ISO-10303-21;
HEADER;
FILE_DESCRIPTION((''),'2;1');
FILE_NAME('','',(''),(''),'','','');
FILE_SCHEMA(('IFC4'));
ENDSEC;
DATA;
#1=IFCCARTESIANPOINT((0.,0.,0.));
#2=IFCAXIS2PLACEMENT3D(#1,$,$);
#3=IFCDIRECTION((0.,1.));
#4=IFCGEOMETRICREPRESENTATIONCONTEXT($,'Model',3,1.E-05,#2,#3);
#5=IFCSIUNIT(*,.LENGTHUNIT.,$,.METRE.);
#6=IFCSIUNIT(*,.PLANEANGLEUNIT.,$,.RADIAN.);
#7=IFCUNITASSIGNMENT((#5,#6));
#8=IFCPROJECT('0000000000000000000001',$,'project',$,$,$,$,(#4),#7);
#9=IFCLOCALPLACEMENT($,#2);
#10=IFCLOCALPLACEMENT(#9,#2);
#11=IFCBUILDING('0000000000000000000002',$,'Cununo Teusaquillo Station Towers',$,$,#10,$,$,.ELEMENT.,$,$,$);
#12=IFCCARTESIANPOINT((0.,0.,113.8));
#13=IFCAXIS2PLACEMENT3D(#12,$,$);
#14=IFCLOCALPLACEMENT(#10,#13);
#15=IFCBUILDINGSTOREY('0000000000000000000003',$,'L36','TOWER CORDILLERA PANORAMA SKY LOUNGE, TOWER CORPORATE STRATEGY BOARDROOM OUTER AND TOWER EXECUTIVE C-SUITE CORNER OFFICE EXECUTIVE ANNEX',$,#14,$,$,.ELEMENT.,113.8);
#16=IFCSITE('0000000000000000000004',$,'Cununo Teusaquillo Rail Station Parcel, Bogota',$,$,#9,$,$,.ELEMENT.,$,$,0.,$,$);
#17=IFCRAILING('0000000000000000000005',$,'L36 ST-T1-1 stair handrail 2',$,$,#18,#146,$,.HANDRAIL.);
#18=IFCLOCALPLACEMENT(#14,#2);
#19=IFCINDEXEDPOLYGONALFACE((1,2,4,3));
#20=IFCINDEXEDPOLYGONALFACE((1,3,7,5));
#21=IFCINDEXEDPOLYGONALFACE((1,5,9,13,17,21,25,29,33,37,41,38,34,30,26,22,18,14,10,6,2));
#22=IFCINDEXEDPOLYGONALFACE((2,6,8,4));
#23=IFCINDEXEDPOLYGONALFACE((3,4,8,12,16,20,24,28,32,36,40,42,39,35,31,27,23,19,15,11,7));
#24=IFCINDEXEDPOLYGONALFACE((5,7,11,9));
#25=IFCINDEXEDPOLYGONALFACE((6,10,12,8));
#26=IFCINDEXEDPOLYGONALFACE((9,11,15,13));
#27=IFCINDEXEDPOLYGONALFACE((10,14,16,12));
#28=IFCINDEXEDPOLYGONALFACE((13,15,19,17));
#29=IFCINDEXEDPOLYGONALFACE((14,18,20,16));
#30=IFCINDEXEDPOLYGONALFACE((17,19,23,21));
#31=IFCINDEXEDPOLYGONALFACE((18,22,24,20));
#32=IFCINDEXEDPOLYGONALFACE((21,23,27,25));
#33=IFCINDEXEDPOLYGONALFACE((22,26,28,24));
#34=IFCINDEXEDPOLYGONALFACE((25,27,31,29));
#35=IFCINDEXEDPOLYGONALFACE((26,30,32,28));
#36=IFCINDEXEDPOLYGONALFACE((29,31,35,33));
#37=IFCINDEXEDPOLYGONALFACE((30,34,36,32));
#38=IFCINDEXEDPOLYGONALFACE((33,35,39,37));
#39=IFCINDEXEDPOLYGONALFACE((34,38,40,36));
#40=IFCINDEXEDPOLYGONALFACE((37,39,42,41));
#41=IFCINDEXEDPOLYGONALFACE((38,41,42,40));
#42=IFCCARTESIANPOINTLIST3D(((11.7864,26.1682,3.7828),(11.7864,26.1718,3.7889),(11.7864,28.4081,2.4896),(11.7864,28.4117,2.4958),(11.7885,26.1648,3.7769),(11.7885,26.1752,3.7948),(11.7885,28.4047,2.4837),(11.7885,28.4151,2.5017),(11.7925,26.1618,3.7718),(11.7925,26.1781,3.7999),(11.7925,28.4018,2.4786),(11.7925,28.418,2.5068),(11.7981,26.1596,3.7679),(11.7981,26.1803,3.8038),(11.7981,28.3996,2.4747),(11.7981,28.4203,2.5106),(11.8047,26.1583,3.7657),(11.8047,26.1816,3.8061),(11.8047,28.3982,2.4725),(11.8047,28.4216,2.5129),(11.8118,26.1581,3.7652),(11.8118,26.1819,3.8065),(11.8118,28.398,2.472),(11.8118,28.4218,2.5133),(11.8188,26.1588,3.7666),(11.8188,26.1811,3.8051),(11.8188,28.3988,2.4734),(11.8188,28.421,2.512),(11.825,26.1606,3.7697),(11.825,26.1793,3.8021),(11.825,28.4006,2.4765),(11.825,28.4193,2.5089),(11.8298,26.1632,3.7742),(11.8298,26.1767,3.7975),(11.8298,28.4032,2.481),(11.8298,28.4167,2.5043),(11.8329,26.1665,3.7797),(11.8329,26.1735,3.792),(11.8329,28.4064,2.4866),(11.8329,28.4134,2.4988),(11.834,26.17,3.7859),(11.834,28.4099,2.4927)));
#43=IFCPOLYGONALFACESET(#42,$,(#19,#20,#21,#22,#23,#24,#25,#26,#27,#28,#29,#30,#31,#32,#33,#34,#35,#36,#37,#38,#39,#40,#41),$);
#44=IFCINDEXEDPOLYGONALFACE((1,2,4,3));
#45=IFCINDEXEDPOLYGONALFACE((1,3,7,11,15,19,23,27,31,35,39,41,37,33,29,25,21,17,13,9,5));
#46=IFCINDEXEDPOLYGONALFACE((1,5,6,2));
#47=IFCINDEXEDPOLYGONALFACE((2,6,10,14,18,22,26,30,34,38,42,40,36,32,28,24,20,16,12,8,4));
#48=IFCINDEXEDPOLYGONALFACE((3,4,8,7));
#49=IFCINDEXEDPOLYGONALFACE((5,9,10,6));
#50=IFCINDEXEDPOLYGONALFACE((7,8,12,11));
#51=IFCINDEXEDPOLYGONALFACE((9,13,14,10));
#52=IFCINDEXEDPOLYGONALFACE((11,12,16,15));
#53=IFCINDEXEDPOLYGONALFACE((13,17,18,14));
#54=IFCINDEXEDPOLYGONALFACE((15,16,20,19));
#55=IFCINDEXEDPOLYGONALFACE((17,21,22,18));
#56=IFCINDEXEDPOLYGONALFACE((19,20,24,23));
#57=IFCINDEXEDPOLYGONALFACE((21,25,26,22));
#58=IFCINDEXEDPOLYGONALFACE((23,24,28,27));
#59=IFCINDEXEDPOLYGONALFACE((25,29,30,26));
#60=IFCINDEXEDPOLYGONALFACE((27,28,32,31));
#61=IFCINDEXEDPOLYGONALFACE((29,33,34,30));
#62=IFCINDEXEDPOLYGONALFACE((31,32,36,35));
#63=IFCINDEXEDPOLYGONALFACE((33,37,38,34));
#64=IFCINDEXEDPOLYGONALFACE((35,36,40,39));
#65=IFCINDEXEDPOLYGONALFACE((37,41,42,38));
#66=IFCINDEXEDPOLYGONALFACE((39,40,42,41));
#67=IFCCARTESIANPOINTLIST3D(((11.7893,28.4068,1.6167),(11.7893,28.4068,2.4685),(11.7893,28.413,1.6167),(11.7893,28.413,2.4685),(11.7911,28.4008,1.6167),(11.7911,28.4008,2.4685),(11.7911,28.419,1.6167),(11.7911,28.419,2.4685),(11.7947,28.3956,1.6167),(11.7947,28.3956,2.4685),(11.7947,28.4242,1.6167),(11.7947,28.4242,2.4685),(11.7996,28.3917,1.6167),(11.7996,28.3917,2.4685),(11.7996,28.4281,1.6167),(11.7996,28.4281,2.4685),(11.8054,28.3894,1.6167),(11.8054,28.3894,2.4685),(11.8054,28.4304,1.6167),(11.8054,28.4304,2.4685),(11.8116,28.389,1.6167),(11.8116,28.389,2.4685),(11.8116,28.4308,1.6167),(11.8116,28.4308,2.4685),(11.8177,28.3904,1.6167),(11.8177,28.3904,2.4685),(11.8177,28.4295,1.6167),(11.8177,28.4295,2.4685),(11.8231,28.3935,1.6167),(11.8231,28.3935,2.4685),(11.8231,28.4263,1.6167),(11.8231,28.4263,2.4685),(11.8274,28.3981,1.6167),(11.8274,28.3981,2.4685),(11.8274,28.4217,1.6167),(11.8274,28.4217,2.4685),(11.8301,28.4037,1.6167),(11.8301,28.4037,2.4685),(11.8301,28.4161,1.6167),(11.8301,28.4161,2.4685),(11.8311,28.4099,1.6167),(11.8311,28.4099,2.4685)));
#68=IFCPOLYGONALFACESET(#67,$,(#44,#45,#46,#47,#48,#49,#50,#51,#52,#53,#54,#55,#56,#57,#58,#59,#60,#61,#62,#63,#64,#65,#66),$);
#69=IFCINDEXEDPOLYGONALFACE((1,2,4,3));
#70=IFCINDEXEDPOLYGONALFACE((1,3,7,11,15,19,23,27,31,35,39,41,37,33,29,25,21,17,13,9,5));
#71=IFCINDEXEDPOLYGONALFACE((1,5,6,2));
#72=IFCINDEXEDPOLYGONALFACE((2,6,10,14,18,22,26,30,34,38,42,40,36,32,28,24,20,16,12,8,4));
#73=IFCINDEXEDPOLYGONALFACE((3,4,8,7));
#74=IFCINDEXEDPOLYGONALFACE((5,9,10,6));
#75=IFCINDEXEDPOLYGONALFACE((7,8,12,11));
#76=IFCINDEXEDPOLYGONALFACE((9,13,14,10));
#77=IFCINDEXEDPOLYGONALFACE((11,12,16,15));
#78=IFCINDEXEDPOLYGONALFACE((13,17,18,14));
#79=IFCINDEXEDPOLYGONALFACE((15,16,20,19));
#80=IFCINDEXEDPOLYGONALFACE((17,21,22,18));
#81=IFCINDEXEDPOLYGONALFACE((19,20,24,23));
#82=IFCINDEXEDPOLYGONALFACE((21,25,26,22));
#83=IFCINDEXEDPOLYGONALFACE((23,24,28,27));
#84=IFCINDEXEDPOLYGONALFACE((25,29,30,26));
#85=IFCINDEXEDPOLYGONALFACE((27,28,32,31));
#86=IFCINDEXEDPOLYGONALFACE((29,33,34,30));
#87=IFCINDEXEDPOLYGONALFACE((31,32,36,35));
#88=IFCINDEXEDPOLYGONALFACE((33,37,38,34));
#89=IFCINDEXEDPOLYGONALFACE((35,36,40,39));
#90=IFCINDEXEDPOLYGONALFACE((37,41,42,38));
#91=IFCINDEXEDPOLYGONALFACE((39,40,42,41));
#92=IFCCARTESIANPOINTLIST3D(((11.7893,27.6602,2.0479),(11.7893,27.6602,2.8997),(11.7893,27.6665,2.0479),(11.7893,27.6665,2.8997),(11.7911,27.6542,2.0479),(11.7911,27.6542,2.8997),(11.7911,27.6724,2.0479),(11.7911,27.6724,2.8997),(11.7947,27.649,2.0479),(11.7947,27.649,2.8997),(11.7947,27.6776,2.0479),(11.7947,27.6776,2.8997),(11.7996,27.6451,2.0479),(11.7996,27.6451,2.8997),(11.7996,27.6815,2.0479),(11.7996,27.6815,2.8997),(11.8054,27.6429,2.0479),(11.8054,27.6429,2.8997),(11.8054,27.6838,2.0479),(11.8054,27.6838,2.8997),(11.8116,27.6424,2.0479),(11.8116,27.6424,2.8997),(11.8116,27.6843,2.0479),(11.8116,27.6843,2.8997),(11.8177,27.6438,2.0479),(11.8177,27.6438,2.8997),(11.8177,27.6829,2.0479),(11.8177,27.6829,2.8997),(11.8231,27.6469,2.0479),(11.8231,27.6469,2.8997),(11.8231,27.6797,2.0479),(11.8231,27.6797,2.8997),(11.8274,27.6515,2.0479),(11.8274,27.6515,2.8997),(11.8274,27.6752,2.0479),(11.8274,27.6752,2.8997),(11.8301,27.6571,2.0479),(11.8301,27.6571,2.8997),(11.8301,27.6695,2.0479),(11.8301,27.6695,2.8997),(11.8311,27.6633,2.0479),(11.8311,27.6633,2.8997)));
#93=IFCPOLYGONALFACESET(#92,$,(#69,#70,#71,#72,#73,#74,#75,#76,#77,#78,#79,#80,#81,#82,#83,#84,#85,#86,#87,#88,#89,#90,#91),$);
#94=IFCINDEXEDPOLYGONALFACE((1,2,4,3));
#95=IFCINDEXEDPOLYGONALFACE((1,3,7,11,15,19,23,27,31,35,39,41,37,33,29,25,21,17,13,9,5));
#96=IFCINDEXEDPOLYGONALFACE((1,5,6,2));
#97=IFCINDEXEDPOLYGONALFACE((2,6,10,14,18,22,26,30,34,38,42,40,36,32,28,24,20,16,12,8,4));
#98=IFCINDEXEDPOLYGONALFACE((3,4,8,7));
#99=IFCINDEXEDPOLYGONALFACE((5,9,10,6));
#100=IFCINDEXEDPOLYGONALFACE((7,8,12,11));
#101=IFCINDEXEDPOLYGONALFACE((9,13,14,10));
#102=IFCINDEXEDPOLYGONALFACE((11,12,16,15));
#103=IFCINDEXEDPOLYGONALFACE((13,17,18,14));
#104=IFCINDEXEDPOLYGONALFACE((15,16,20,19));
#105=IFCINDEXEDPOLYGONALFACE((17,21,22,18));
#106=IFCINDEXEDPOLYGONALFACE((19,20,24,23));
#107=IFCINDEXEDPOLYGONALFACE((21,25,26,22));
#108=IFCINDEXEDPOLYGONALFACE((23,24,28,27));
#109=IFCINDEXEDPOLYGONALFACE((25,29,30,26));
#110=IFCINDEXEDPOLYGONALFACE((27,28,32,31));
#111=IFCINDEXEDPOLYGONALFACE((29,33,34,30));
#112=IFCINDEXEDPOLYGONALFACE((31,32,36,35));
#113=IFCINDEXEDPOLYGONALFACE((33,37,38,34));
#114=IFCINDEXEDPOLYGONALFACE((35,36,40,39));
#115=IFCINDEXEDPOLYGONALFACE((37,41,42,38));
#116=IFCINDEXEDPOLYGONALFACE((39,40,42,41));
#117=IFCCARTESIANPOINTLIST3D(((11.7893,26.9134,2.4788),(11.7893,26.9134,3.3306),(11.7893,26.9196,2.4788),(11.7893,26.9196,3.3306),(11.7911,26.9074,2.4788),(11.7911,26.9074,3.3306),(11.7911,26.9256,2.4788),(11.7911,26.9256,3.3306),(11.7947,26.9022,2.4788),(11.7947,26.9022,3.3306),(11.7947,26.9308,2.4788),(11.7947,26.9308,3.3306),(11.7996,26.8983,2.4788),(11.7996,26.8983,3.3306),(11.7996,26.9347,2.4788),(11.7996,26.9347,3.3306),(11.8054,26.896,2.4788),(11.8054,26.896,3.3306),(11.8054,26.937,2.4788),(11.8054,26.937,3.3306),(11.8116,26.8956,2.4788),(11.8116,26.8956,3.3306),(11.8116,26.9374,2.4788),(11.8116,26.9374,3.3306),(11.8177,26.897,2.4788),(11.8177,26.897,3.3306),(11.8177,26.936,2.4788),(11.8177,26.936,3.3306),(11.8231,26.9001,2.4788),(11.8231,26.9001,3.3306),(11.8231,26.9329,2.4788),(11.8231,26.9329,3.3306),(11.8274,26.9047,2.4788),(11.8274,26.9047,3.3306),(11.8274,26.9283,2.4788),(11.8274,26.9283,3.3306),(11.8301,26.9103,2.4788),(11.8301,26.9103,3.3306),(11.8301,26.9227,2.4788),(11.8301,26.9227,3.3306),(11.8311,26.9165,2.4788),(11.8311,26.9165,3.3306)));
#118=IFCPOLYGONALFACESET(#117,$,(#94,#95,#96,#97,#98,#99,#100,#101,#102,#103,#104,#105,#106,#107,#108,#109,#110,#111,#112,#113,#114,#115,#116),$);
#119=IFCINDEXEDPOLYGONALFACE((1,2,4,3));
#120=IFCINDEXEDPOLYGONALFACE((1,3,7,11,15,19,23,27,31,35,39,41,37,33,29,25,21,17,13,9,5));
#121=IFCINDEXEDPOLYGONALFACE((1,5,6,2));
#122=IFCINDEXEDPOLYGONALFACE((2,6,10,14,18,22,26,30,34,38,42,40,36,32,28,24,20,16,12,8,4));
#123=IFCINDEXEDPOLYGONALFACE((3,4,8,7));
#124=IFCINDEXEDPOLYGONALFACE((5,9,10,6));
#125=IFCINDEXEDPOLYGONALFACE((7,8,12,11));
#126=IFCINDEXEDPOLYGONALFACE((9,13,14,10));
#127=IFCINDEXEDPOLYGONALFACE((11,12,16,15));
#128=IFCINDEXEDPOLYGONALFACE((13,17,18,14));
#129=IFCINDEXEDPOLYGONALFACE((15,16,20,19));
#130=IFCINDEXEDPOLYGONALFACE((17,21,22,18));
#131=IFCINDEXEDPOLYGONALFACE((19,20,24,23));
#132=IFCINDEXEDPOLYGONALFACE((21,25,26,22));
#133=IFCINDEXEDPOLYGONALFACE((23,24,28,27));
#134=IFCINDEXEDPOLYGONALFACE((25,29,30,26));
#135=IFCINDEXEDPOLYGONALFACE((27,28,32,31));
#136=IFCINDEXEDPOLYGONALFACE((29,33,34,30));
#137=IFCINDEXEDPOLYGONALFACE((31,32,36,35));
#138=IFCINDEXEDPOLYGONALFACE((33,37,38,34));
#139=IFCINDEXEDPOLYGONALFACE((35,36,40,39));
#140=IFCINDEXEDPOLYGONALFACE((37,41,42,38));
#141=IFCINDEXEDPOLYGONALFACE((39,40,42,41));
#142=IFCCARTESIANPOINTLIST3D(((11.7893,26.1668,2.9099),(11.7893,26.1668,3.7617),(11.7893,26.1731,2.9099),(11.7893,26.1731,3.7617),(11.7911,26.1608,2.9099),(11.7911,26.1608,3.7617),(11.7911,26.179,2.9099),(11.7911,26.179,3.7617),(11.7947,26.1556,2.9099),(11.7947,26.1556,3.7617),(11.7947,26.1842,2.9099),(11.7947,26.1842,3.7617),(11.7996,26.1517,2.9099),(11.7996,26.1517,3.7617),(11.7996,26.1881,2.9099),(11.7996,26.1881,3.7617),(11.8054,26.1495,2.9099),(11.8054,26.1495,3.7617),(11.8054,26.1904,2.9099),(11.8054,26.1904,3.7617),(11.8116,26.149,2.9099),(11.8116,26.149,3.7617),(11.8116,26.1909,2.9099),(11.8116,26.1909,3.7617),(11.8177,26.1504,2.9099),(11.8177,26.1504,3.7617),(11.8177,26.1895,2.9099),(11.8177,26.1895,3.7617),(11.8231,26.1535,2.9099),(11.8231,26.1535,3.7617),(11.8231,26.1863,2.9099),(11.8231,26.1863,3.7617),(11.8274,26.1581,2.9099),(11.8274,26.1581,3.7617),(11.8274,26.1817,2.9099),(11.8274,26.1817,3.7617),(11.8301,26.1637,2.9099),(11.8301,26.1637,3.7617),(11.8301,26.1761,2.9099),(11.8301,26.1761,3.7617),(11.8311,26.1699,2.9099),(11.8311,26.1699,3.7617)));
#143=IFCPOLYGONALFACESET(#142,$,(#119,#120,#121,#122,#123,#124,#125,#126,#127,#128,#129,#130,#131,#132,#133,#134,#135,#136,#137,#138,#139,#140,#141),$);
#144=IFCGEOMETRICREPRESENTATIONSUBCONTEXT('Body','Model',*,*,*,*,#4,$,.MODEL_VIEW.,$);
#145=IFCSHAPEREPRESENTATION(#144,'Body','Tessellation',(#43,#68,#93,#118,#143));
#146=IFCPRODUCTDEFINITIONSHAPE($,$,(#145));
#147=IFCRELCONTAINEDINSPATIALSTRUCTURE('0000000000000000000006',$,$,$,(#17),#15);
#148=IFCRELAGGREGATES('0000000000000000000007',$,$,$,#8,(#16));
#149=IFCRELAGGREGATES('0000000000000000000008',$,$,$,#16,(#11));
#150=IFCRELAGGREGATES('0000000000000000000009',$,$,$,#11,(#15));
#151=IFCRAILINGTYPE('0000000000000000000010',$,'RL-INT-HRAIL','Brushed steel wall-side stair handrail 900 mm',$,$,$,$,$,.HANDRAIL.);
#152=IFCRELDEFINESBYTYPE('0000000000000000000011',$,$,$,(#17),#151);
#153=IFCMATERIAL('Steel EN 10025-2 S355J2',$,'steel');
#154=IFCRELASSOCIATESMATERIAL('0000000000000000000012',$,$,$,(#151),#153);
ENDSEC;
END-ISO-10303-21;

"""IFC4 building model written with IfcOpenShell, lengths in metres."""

from ifc_helpers import new_model, si_unit, direction, frame, origin, origin_2d, place, context, subcontext, project, spatial, circle, extrude, material, type_object, element, save


model = new_model("IFC4")

# Units and contexts
model_context = context("Model", 3, precision=1e-05, world=origin(), true_north=direction((0.0, 1.0)))
body_context = subcontext(model_context, "Body", "Model", "MODEL_VIEW")
ifc_project = project(units=[si_unit("LENGTHUNIT", "METRE"), si_unit("PLANEANGLEUNIT", "RADIAN")], contexts=[model_context])

# Site, building, storey
site_placement = place(None, origin())
site = spatial("IfcSite", under=ifc_project, at=site_placement, Name="Cununo Teusaquillo Rail Station Parcel, Bogota", CompositionType="ELEMENT", RefElevation=0.0)
building_placement = place(site_placement, origin())
building = spatial("IfcBuilding", under=site, at=building_placement, Name="Cununo Teusaquillo Station Towers", CompositionType="ELEMENT")
storey_placement = place(building_placement, frame((0.0, 0.0, 113.8)))
storey = spatial("IfcBuildingStorey", under=building, at=storey_placement, Name="L36", Description="TOWER CORDILLERA PANORAMA SKY LOUNGE, TOWER CORPORATE STRATEGY BOARDROOM OUTER AND TOWER EXECUTIVE C-SUITE CORNER OFFICE EXECUTIVE ANNEX", CompositionType="ELEMENT", Elevation=113.8)

# Railing
ifc_material_1 = material(Name="Steel EN 10025-2 S355J2", Category="steel")
railing_type_1 = type_object("IfcRailingType", Name="RL-INT-HRAIL", Description="Brushed steel wall-side stair handrail 900 mm", PredefinedType="HANDRAIL", material=ifc_material_1)
railing_1_placement = place(storey_placement, frame((11.8101, 28.4099, 1.6167)))
element("IfcRailing", 1, at=railing_1_placement, inside=storey, type_object=railing_type_1, Name="L36 ST-T1-1 stair handrail 2", PredefinedType="HANDRAIL", context=body_context, shape_type="SweptSolid", body=[
    extrude(circle(Radius=0.0239, at=origin_2d()), frame((0.0, 0.0, 0.876), z_axis=(0.0, -0.866033, 0.499987), x_axis=(1.0, 0.0, 0.0)), (0.0, 0.0, 1.0), 2.5864),
    extrude(circle(Radius=0.021, at=origin_2d()), origin(), (0.0, 0.0, 1.0), 0.8518),
    extrude(circle(Radius=0.021, at=origin_2d()), frame((0.0, -0.7466, 0.4312)), (0.0, 0.0, 1.0), 0.8518),
    extrude(circle(Radius=0.021, at=origin_2d()), frame((0.0, -1.4934, 0.8621)), (0.0, 0.0, 1.0), 0.8518),
    extrude(circle(Radius=0.021, at=origin_2d()), frame((0.0, -2.24, 1.2932)), (0.0, 0.0, 1.0), 0.8518),
])

save(model, "model.ifc")
